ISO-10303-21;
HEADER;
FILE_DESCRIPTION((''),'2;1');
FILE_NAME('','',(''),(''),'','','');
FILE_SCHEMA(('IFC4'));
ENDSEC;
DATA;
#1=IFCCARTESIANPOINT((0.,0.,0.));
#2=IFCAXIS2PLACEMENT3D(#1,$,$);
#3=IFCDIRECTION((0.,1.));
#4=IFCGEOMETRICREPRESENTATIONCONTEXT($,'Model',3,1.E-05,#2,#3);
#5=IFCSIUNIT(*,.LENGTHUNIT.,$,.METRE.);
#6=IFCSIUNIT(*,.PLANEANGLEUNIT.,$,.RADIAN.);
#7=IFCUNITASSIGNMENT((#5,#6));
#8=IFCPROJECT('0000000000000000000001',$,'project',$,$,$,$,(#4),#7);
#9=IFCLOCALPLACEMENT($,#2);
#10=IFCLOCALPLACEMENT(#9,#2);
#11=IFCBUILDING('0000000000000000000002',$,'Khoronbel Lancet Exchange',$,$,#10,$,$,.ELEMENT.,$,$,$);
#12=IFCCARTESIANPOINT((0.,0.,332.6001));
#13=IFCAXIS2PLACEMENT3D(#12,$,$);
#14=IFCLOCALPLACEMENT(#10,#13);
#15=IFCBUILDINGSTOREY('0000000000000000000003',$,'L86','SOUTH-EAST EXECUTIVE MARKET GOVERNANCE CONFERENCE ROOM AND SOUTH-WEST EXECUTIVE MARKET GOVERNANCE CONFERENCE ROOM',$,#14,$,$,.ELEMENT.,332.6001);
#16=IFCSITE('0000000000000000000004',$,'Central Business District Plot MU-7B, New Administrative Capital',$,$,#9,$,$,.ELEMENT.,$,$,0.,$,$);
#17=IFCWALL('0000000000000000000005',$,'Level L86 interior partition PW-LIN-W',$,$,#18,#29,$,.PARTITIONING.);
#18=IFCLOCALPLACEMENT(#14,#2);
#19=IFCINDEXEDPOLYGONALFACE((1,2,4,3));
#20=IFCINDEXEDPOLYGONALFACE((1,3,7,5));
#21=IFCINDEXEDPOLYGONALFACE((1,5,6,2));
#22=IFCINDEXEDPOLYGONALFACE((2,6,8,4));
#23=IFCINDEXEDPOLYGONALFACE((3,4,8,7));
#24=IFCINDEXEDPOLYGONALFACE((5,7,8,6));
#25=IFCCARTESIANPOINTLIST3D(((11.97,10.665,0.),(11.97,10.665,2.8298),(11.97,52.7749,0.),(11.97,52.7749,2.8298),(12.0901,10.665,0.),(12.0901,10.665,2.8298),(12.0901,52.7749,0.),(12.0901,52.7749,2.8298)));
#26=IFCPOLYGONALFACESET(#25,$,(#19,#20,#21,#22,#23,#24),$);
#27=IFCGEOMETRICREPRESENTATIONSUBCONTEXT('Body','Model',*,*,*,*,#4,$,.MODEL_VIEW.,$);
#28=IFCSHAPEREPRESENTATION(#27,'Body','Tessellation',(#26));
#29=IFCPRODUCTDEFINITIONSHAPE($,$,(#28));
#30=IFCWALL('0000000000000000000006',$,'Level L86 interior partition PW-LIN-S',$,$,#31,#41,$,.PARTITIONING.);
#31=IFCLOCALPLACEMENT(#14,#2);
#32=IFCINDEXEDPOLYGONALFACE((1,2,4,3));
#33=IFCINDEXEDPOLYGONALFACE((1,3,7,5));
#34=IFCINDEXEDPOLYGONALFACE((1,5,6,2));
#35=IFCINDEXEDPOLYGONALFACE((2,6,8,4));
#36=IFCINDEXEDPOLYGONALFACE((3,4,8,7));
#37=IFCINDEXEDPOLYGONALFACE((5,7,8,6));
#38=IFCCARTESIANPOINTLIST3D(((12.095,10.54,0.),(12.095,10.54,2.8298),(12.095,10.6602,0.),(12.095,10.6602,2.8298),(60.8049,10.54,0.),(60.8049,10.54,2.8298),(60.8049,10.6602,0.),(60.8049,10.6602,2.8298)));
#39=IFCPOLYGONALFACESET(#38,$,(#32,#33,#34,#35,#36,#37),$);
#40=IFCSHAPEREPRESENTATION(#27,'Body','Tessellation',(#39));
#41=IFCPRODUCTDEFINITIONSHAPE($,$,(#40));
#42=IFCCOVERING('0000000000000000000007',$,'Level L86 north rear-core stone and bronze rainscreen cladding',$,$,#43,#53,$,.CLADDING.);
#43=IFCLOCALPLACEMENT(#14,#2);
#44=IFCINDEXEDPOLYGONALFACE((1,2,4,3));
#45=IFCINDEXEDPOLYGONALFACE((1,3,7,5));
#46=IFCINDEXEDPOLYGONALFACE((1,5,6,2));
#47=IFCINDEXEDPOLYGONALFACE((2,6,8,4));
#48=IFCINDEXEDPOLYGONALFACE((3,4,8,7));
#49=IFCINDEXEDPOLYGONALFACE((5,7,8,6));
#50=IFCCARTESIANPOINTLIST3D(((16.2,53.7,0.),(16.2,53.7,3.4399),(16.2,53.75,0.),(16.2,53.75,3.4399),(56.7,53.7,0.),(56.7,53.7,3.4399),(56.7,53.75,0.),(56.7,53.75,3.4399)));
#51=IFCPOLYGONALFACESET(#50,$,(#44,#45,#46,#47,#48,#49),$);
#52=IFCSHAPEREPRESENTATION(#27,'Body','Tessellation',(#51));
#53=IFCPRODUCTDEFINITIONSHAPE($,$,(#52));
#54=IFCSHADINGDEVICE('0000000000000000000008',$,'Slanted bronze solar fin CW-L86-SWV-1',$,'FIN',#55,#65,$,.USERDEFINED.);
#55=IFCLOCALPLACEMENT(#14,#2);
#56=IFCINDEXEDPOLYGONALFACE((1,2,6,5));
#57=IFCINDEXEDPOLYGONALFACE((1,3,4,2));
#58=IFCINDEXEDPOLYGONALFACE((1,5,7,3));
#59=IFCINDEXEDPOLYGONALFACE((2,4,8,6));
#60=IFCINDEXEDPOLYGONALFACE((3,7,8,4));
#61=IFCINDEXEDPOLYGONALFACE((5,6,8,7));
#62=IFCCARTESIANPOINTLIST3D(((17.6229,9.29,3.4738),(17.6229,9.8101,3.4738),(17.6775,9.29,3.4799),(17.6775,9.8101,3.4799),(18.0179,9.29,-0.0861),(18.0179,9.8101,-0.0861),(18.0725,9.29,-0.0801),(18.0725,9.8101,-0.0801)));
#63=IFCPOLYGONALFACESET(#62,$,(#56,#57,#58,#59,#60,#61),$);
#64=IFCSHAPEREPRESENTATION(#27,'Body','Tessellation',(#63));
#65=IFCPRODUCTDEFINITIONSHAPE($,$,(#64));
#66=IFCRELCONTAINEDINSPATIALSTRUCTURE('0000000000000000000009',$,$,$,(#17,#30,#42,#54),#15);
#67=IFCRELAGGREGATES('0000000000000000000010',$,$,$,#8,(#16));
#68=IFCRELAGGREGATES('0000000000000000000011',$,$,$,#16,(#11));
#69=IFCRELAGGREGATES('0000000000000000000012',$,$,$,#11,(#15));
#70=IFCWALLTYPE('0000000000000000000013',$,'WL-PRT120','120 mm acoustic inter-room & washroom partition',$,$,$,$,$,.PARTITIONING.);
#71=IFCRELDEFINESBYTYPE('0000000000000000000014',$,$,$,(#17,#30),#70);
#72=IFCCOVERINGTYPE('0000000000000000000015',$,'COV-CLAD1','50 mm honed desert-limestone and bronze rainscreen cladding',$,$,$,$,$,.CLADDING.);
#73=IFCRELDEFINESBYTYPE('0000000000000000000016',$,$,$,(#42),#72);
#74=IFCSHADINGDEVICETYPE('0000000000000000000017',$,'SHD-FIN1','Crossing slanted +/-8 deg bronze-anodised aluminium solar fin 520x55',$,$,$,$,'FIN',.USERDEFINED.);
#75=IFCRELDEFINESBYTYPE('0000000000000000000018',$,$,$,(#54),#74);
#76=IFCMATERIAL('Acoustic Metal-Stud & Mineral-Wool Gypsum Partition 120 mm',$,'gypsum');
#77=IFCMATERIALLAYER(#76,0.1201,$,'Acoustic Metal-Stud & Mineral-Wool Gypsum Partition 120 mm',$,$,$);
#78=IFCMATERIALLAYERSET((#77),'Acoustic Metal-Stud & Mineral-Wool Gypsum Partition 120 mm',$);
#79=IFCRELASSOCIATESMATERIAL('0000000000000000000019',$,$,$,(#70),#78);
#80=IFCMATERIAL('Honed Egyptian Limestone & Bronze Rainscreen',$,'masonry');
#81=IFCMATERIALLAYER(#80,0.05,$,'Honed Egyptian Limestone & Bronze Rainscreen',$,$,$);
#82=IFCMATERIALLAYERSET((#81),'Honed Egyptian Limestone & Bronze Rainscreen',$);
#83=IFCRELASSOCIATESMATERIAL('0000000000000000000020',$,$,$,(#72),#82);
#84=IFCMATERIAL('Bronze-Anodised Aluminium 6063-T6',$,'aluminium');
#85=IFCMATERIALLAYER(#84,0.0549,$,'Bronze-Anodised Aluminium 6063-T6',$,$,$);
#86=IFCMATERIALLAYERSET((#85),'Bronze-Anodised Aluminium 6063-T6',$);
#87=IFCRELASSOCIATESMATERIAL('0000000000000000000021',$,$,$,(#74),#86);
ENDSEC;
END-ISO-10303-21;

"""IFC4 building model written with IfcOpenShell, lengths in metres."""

from ifc_helpers import new_model, si_unit, direction, frame, frame_2d, origin, place, context, subcontext, project, spatial, polyline, rectangle, outline, extrude, material, layer, layer_set, type_object, element, save


model = new_model("IFC4")

# Units and contexts
model_context = context("Model", 3, precision=1e-05, world=origin(), true_north=direction((0.0, 1.0)))
body_context = subcontext(model_context, "Body", "Model", "MODEL_VIEW")
ifc_project = project(units=[si_unit("LENGTHUNIT", "METRE"), si_unit("PLANEANGLEUNIT", "RADIAN")], contexts=[model_context])

# Site, building, storey
site_placement = place(None, origin())
site = spatial("IfcSite", under=ifc_project, at=site_placement, Name="Central Business District Plot MU-7B, New Administrative Capital", CompositionType="ELEMENT", RefElevation=0.0)
building_placement = place(site_placement, origin())
building = spatial("IfcBuilding", under=site, at=building_placement, Name="Khoronbel Lancet Exchange", CompositionType="ELEMENT")
storey_placement = place(building_placement, frame((0.0, 0.0, 332.6001)))
storey = spatial("IfcBuildingStorey", under=building, at=storey_placement, Name="L86", Description="SOUTH-EAST EXECUTIVE MARKET GOVERNANCE CONFERENCE ROOM AND SOUTH-WEST EXECUTIVE MARKET GOVERNANCE CONFERENCE ROOM", CompositionType="ELEMENT", Elevation=332.6001)

# Shared definitions
ifc_material_1 = material(Name="Bronze-Anodised Aluminium 6063-T6", Category="aluminium")

# Walls
ifc_material_2 = material(Name="Acoustic Metal-Stud & Mineral-Wool Gypsum Partition 120 mm", Category="gypsum")
ifc_layer_1 = layer(ifc_material_2, 0.1201, Name="Acoustic Metal-Stud & Mineral-Wool Gypsum Partition 120 mm")
ifc_layer_set_1 = layer_set([ifc_layer_1], Name="Acoustic Metal-Stud & Mineral-Wool Gypsum Partition 120 mm")
wall_type_1 = type_object("IfcWallType", Name="WL-PRT120", Description="120 mm acoustic inter-room & washroom partition", PredefinedType="PARTITIONING", material=ifc_layer_set_1)
wall_1_placement = place(storey_placement, frame((12.03, 10.665, 0.0), z_axis=(0.0, 0.0, 1.0), x_axis=(0.0, 1.0, 0.0)))
element("IfcWall", 1, at=wall_1_placement, inside=storey, type_object=wall_type_1, Name="Level L86 interior partition PW-LIN-W", PredefinedType="PARTITIONING", context=body_context, shape_type="SweptSolid", body=[
    extrude(rectangle(XDim=42.1099, YDim=0.1201, at=frame_2d((21.0549, 0.0))), origin(), (0.0, 0.0, 1.0), 2.8298),
])
wall_2_placement = place(storey_placement, frame((12.095, 10.6001, 0.0), z_axis=(0.0, 0.0, 1.0), x_axis=(1.0, 0.0, 0.0)))
element("IfcWall", 2, at=wall_2_placement, inside=storey, type_object=wall_type_1, Name="Level L86 interior partition PW-LIN-S", PredefinedType="PARTITIONING", context=body_context, shape_type="SweptSolid", body=[
    extrude(rectangle(XDim=48.71, YDim=0.1201, at=frame_2d((24.355, 0.0))), origin(), (0.0, 0.0, 1.0), 2.8298),
])

# Covering
ifc_material_3 = material(Name="Honed Egyptian Limestone & Bronze Rainscreen", Category="masonry")
ifc_layer_2 = layer(ifc_material_3, 0.05, Name="Honed Egyptian Limestone & Bronze Rainscreen")
ifc_layer_set_2 = layer_set([ifc_layer_2], Name="Honed Egyptian Limestone & Bronze Rainscreen")
covering_type = type_object("IfcCoveringType", Name="COV-CLAD1", Description="50 mm honed desert-limestone and bronze rainscreen cladding", PredefinedType="CLADDING", material=ifc_layer_set_2)
covering_placement = place(storey_placement, origin())
element("IfcCovering", 3, at=covering_placement, inside=storey, type_object=covering_type, Name="Level L86 north rear-core stone and bronze rainscreen cladding", PredefinedType="CLADDING", context=body_context, shape_type="SweptSolid", body=[
    extrude(outline(polyline([(16.2, 53.7), (56.7, 53.7), (56.7, 53.75), (16.2, 53.75), (16.2, 53.7)])), origin(), (0.0, 0.0, 1.0), 3.4399),
])

# Shading device
ifc_layer_3 = layer(ifc_material_1, 0.0549, Name="Bronze-Anodised Aluminium 6063-T6")
ifc_layer_set_3 = layer_set([ifc_layer_3], Name="Bronze-Anodised Aluminium 6063-T6")
shading_device_type = type_object("IfcShadingDeviceType", Name="SHD-FIN1", Description="Crossing slanted +/-8 deg bronze-anodised aluminium solar fin 520x55", ElementType="FIN", PredefinedType="USERDEFINED", material=ifc_layer_set_3)
shading_device_placement = place(storey_placement, frame((18.0725, 9.8101, -0.0801), z_axis=(0.9939, 0.0, 0.110282), x_axis=(0.0, -1.0, 0.0)))
element("IfcShadingDevice", 4, at=shading_device_placement, inside=storey, type_object=shading_device_type, Name="Slanted bronze solar fin CW-L86-SWV-1", ObjectType="FIN", PredefinedType="USERDEFINED", context=body_context, shape_type="SweptSolid", body=[
    extrude(outline(polyline([(0.0, 0.0), (0.52, 0.0), (0.52, -3.5818), (0.0, -3.5818), (0.0, 0.0)])), origin(), (0.0, 0.0, -1.0), 0.0549),
])

save(model, "model.ifc")
